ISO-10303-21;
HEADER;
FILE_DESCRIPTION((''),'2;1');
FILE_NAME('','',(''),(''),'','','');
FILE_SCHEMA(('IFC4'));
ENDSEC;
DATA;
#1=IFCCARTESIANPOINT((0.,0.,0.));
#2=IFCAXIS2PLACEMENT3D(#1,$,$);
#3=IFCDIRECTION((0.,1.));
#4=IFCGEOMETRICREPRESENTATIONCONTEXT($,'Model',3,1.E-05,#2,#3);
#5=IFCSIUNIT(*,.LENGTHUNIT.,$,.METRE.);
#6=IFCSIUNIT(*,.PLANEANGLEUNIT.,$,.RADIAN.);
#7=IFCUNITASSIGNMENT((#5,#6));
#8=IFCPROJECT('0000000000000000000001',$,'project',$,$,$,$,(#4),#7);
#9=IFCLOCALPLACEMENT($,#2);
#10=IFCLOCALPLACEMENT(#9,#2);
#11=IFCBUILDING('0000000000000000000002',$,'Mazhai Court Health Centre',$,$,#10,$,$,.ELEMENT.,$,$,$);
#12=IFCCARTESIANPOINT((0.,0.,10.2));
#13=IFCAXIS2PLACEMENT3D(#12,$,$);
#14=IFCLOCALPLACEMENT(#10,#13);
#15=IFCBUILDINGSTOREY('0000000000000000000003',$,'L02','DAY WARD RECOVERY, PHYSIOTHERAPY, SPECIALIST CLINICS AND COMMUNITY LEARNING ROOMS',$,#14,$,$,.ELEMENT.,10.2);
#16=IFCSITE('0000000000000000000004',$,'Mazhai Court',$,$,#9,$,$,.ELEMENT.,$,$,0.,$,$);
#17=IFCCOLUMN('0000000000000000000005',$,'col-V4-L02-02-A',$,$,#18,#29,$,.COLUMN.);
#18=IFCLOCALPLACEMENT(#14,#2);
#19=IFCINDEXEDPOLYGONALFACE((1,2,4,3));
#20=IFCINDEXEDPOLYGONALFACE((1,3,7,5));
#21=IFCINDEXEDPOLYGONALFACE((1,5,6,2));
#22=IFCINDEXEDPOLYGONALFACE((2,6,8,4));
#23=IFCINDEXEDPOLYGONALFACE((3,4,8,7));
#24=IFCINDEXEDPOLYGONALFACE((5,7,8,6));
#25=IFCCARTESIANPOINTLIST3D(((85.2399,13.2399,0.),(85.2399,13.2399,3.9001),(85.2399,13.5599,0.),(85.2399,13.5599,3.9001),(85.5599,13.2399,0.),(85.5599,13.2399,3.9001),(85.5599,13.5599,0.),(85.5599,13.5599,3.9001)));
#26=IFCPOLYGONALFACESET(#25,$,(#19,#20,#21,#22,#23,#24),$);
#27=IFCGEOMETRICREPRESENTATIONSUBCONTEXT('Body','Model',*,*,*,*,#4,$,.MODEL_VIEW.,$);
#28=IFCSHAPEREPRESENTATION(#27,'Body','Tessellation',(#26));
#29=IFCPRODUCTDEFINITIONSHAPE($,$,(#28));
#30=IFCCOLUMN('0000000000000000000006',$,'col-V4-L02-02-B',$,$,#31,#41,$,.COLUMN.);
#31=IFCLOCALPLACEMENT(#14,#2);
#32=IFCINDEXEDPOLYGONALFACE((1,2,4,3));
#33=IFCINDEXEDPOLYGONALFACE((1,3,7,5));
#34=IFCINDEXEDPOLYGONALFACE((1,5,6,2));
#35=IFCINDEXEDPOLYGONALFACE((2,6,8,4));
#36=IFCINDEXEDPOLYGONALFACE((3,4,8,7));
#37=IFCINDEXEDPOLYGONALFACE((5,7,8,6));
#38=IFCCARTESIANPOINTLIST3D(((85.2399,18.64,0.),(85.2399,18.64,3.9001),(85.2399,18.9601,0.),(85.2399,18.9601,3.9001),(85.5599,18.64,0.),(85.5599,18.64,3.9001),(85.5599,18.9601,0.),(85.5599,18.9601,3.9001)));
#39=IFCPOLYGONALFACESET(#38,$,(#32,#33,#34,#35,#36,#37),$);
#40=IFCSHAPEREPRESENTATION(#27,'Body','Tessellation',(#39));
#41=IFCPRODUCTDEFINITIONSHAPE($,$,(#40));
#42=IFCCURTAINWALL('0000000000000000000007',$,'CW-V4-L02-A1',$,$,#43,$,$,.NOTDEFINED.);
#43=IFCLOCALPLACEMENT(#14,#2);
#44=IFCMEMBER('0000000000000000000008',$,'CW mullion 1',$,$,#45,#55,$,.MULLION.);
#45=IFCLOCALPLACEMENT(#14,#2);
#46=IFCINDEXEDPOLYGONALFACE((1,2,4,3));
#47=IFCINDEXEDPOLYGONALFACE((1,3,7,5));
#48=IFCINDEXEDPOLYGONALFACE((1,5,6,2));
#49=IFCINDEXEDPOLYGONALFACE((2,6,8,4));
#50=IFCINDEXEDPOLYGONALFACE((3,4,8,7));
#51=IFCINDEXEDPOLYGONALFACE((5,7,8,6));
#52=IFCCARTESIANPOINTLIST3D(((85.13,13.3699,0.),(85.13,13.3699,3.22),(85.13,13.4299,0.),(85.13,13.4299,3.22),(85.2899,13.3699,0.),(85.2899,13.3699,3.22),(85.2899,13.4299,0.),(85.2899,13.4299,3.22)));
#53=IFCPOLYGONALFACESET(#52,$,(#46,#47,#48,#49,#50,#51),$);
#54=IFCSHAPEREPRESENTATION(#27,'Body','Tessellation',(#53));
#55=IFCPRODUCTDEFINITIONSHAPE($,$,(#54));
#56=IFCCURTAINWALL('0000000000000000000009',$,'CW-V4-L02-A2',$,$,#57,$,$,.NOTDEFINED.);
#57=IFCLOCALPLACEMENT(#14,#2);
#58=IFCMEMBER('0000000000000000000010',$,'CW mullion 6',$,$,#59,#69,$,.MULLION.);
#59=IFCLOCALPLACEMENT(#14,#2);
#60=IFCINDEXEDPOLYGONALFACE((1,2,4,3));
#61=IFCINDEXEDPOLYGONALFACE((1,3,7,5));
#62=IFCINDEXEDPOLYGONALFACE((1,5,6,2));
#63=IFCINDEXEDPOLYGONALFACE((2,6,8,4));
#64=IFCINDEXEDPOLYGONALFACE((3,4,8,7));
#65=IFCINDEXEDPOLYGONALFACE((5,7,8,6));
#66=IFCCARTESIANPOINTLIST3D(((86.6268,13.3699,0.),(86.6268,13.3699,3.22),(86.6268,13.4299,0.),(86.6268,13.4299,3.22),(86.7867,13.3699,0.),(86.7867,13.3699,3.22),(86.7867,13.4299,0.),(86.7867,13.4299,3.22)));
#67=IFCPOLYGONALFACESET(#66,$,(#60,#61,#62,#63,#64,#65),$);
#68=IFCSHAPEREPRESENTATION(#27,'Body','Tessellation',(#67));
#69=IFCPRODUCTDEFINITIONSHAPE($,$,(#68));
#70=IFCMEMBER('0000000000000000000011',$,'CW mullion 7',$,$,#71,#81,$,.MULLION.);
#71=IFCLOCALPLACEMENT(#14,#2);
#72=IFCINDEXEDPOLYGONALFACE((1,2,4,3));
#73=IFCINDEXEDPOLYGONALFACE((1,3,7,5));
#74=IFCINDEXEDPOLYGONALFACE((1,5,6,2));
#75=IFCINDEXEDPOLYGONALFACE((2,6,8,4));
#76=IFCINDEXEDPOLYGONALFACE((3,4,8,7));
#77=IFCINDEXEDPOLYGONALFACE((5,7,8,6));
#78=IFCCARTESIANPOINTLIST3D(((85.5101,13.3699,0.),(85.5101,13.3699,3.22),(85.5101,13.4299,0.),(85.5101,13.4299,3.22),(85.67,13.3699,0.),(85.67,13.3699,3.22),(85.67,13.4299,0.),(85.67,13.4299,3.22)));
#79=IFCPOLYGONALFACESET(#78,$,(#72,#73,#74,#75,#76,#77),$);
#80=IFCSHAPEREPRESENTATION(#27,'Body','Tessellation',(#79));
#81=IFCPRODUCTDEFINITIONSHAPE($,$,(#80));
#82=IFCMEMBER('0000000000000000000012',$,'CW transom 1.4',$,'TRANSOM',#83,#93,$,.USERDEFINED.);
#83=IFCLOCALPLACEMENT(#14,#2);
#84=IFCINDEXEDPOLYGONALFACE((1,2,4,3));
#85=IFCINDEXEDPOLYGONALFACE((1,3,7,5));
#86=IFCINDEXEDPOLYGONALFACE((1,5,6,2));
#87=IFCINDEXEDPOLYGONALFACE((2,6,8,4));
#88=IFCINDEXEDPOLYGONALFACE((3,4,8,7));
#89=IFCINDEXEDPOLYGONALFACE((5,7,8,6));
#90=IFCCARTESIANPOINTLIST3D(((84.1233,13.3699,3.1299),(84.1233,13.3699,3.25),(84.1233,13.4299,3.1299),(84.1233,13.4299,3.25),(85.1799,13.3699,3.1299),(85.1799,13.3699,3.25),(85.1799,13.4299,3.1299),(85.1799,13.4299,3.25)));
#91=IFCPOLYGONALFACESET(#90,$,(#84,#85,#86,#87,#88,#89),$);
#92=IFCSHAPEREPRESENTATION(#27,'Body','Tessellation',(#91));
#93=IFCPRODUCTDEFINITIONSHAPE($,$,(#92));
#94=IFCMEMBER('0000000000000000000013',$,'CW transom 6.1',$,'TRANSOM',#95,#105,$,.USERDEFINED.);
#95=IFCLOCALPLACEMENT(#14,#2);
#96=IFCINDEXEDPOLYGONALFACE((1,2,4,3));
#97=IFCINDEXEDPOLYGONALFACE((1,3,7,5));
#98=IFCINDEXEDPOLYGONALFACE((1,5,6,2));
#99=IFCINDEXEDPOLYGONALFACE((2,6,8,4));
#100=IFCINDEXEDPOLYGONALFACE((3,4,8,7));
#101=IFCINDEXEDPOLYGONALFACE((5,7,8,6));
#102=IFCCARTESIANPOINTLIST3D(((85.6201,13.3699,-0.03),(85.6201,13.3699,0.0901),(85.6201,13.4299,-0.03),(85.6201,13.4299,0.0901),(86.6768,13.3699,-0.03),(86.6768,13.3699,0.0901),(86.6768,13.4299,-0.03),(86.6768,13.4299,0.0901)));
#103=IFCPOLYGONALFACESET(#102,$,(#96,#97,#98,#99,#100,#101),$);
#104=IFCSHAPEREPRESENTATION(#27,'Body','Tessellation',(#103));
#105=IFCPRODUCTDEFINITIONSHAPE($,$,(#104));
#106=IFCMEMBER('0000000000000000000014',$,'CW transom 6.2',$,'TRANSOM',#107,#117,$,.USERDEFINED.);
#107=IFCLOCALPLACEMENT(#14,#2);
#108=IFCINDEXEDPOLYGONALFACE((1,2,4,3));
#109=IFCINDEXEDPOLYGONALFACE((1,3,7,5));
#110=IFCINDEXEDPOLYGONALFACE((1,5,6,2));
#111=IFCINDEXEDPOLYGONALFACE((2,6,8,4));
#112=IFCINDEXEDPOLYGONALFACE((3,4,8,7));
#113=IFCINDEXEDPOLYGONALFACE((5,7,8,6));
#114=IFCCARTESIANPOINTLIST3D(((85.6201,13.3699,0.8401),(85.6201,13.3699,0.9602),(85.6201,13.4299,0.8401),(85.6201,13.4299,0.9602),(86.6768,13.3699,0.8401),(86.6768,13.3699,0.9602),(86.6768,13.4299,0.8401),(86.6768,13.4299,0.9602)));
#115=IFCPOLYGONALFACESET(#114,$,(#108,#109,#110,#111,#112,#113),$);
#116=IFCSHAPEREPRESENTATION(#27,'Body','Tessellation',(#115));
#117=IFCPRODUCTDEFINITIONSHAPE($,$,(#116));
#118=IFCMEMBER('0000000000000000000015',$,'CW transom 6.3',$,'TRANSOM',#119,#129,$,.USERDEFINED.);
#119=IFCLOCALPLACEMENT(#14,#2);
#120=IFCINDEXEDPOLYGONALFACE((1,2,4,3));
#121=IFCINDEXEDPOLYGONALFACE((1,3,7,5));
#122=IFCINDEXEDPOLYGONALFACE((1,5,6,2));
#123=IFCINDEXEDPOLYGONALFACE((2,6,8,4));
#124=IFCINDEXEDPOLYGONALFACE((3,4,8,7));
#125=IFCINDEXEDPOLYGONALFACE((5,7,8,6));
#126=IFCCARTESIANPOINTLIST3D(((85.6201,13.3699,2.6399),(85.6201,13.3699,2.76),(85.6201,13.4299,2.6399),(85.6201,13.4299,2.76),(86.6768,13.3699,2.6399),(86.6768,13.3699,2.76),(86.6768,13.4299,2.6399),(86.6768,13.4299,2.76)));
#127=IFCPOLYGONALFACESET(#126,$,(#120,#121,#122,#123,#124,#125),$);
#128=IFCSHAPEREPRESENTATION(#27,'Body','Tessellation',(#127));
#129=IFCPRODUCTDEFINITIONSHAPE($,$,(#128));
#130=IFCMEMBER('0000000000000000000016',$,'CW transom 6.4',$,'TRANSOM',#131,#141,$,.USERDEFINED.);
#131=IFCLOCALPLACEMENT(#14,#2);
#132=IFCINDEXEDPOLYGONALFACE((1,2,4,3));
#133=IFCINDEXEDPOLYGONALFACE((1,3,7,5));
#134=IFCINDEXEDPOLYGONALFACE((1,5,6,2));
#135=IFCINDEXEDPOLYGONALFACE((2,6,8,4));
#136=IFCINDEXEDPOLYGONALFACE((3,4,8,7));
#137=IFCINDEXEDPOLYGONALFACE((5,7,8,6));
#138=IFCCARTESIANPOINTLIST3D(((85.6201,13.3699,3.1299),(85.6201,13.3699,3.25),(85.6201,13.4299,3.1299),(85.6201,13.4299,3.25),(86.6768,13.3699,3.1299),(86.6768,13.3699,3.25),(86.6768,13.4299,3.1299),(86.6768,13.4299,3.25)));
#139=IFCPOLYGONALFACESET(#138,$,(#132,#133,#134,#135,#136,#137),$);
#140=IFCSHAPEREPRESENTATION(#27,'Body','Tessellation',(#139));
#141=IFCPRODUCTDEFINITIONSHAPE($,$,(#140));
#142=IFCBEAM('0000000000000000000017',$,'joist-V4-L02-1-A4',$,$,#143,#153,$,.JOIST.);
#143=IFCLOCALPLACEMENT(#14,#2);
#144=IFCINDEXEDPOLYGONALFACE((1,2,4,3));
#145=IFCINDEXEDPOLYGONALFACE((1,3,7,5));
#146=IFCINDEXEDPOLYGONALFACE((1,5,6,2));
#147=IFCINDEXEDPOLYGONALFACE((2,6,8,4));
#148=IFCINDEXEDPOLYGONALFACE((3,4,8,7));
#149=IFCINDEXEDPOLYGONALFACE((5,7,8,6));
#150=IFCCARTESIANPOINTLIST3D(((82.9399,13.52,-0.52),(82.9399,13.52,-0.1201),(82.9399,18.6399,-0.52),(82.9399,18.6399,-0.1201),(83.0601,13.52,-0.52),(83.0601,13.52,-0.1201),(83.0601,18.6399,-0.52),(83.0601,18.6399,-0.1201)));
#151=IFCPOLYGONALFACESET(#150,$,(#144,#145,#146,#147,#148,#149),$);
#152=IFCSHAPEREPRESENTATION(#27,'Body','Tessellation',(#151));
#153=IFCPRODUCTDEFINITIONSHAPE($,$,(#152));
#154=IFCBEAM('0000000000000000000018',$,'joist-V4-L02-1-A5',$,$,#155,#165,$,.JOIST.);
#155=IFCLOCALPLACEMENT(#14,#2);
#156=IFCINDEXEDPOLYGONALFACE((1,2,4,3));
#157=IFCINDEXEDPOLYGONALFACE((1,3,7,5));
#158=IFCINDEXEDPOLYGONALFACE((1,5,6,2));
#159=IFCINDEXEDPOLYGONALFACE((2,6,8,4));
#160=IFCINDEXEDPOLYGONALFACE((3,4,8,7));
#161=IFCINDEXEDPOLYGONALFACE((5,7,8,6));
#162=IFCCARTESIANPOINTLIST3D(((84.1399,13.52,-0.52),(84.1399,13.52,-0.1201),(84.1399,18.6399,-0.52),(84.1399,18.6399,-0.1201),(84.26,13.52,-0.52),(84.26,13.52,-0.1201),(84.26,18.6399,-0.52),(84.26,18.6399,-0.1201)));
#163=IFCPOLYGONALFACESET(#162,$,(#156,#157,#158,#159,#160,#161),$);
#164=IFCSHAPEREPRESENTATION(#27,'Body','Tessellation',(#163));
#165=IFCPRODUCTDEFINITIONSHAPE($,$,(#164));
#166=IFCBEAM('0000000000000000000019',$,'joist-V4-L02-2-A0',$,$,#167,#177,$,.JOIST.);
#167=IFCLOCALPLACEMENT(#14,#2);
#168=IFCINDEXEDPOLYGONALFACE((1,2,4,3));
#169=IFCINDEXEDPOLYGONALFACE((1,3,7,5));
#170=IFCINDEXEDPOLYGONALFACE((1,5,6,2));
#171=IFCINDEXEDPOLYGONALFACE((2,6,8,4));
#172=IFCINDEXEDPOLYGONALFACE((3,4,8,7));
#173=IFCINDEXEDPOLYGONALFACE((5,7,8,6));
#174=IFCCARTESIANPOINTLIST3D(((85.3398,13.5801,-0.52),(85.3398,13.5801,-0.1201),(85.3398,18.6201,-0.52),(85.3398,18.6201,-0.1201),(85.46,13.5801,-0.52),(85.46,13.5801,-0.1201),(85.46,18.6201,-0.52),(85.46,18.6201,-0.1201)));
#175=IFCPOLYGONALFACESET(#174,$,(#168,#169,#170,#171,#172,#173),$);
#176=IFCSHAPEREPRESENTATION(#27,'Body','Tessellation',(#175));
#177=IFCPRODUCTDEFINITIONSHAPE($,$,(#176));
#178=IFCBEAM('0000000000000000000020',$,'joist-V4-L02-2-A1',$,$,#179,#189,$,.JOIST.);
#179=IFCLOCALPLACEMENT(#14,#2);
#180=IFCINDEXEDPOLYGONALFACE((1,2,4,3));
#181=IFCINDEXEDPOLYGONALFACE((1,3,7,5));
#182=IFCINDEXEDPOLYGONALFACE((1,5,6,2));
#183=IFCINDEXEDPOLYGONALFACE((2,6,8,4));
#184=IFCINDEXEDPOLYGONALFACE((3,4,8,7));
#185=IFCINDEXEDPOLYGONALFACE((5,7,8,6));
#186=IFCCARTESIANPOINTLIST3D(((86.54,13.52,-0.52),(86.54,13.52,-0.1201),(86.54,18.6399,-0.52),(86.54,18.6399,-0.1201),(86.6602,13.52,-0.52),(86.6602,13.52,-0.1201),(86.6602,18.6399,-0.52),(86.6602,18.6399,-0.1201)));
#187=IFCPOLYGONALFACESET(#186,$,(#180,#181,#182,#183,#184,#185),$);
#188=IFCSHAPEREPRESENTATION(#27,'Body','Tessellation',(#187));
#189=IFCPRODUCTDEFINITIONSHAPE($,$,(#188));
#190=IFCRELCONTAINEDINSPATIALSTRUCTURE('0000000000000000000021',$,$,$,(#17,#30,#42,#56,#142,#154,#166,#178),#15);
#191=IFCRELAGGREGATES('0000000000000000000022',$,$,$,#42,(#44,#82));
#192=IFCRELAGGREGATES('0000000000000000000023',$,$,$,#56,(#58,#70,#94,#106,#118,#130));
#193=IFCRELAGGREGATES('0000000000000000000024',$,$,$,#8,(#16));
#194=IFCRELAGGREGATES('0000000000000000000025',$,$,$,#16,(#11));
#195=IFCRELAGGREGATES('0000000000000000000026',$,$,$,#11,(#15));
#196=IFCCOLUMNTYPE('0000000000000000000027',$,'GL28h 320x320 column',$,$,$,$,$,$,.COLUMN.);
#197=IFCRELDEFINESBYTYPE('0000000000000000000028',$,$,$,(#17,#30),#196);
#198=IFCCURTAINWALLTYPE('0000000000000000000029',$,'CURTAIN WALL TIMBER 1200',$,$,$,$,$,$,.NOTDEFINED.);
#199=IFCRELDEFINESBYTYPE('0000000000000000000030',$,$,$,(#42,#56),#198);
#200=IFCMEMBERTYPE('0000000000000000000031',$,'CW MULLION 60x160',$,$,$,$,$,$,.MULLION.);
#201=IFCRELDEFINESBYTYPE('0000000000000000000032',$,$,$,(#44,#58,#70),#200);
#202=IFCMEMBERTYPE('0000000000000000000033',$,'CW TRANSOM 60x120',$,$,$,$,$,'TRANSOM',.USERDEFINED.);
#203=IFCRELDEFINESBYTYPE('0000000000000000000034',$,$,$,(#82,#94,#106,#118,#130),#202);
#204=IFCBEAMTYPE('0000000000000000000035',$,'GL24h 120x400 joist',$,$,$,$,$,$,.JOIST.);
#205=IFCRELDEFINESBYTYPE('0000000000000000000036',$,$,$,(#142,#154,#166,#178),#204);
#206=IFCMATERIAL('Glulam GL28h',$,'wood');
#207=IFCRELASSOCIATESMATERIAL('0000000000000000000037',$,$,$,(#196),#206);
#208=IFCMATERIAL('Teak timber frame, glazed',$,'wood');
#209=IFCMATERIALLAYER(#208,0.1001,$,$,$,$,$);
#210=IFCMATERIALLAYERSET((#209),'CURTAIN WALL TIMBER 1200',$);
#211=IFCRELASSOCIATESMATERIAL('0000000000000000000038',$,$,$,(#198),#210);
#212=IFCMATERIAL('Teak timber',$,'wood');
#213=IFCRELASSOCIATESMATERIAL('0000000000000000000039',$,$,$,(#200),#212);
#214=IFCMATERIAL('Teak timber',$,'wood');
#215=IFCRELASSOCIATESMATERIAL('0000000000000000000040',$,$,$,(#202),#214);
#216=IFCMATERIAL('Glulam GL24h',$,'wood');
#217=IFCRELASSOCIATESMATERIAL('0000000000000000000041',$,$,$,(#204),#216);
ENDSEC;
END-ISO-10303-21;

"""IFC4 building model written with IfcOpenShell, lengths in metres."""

from ifc_helpers import new_model, si_unit, direction, frame, origin, origin_2d, place, context, subcontext, project, spatial, rectangle, extrude, material, layer, layer_set, material_profile, profile_set, type_object, element, aggregate, save


model = new_model("IFC4")

# Units and contexts
model_context = context("Model", 3, precision=1e-05, world=origin(), true_north=direction((0.0, 1.0)))
body_context = subcontext(model_context, "Body", "Model", "MODEL_VIEW")
ifc_project = project(units=[si_unit("LENGTHUNIT", "METRE"), si_unit("PLANEANGLEUNIT", "RADIAN")], contexts=[model_context])

# Site, building, storey
site_placement = place(None, origin())
site = spatial("IfcSite", under=ifc_project, at=site_placement, Name="Mazhai Court", CompositionType="ELEMENT", RefElevation=0.0)
building_placement = place(site_placement, origin())
building = spatial("IfcBuilding", under=site, at=building_placement, Name="Mazhai Court Health Centre", CompositionType="ELEMENT")
storey_placement = place(building_placement, frame((0.0, 0.0, 10.2)))
storey = spatial("IfcBuildingStorey", under=building, at=storey_placement, Name="L02", Description="DAY WARD RECOVERY, PHYSIOTHERAPY, SPECIALIST CLINICS AND COMMUNITY LEARNING ROOMS", CompositionType="ELEMENT", Elevation=10.2)

# Columns
ifc_material_1 = material(Name="Glulam GL28h", Category="wood")
ifc_material_profile_1 = material_profile(ifc_material_1, rectangle(XDim=0.3201, YDim=0.3201, at=origin_2d()), Name="GL28h 320x320")
ifc_profile_set_1 = profile_set([ifc_material_profile_1], Name="Glulam GL28h")
column_type = type_object("IfcColumnType", Name="GL28h 320x320 column", PredefinedType="COLUMN", material=ifc_profile_set_1)
for number, where, z_axis, x_axis, name in (
    (1, (85.3999, 13.3999, 0.0), (0.0, 0.0, 1.0), (1.0, 0.0, 0.0), "col-V4-L02-02-A"),
    (2, (85.3999, 18.8, 0.0), (0.0, 0.0, 1.0), (1.0, 0.0, 0.0), "col-V4-L02-02-B"),
):
    element("IfcColumn", number, at=place(storey_placement, frame(where, z_axis=z_axis, x_axis=x_axis)), inside=storey, type_object=column_type, Name=name, PredefinedType="COLUMN", context=body_context, shape_type="SweptSolid", body=[
        extrude(rectangle(XDim=0.3201, YDim=0.3201, at=origin_2d()), origin(), (0.0, 0.0, 1.0), 3.9001),
    ])

# Curtain wall, member
ifc_material_2 = material(Name="Teak timber frame, glazed", Category="wood")
ifc_layer_1 = layer(ifc_material_2, 0.1001)
ifc_layer_set_1 = layer_set([ifc_layer_1], Name="CURTAIN WALL TIMBER 1200")
curtain_wall_type = type_object("IfcCurtainWallType", Name="CURTAIN WALL TIMBER 1200", PredefinedType="NOTDEFINED", material=ifc_layer_set_1)
curtain_wall_1_placement = place(storey_placement, origin())
curtain_wall_1 = element("IfcCurtainWall", 3, at=curtain_wall_1_placement, inside=storey, type_object=curtain_wall_type, Name="CW-V4-L02-A1", PredefinedType="NOTDEFINED")
ifc_material_3 = material(Name="Teak timber", Category="wood")
ifc_material_profile_2 = material_profile(ifc_material_3, rectangle(XDim=0.0601, YDim=0.1599, at=origin_2d()), Name="CW MULLION 60x160")
ifc_profile_set_2 = profile_set([ifc_material_profile_2], Name="Teak timber")
member_type_1 = type_object("IfcMemberType", Name="CW MULLION 60x160", PredefinedType="MULLION", material=ifc_profile_set_2)
member_1_placement = place(storey_placement, frame((85.21, 13.3999, 0.0), z_axis=(0.0, 0.0, 1.0), x_axis=(0.0, -1.0, 0.0)))
member_1 = element("IfcMember", 4, at=member_1_placement, type_object=member_type_1, Name="CW mullion 1", PredefinedType="MULLION", context=body_context, shape_type="SweptSolid", body=[
    extrude(rectangle(XDim=0.0601, YDim=0.1599, at=origin_2d()), origin(), (0.0, 0.0, 1.0), 3.22),
])

# Curtain wall, members
curtain_wall_2_placement = place(storey_placement, origin())
curtain_wall_2 = element("IfcCurtainWall", 5, at=curtain_wall_2_placement, inside=storey, type_object=curtain_wall_type, Name="CW-V4-L02-A2", PredefinedType="NOTDEFINED")
member_2_placement = place(storey_placement, frame((86.7068, 13.3999, 0.0), z_axis=(0.0, 0.0, 1.0), x_axis=(0.0, -1.0, 0.0)))
member_2 = element("IfcMember", 6, at=member_2_placement, type_object=member_type_1, Name="CW mullion 6", PredefinedType="MULLION", context=body_context, shape_type="SweptSolid", body=[
    extrude(rectangle(XDim=0.0601, YDim=0.1599, at=origin_2d()), origin(), (0.0, 0.0, 1.0), 3.22),
])
member_3_placement = place(storey_placement, frame((85.5901, 13.3999, 0.0), z_axis=(0.0, 0.0, 1.0), x_axis=(0.0, -1.0, 0.0)))
member_3 = element("IfcMember", 7, at=member_3_placement, type_object=member_type_1, Name="CW mullion 7", PredefinedType="MULLION", context=body_context, shape_type="SweptSolid", body=[
    extrude(rectangle(XDim=0.0601, YDim=0.1599, at=origin_2d()), origin(), (0.0, 0.0, 1.0), 3.22),
])

# Members
ifc_material_4 = material(Name="Teak timber", Category="wood")
ifc_material_profile_3 = material_profile(ifc_material_4, rectangle(XDim=0.0601, YDim=0.1201, at=origin_2d()), Name="CW TRANSOM 60x120")
ifc_profile_set_3 = profile_set([ifc_material_profile_3], Name="Teak timber")
member_type_2 = type_object("IfcMemberType", Name="CW TRANSOM 60x120", ElementType="TRANSOM", PredefinedType="USERDEFINED", material=ifc_profile_set_3)
member_4_placement = place(storey_placement, frame((85.1799, 13.3999, 3.1899), z_axis=(-1.0, 0.0, 0.0), x_axis=(0.0, -1.0, 0.0)))
member_4 = element("IfcMember", 8, at=member_4_placement, type_object=member_type_2, Name="CW transom 1.4", ObjectType="TRANSOM", PredefinedType="USERDEFINED", context=body_context, shape_type="SweptSolid", body=[
    extrude(rectangle(XDim=0.0601, YDim=0.1201, at=origin_2d()), origin(), (0.0, 0.0, 1.0), 1.0566),
])
aggregate(curtain_wall_1, [member_1, member_4])
member_5_placement = place(storey_placement, frame((86.6768, 13.3999, 0.03), z_axis=(-1.0, 0.0, 0.0), x_axis=(0.0, -1.0, 0.0)))
member_5 = element("IfcMember", 9, at=member_5_placement, type_object=member_type_2, Name="CW transom 6.1", ObjectType="TRANSOM", PredefinedType="USERDEFINED", context=body_context, shape_type="SweptSolid", body=[
    extrude(rectangle(XDim=0.0601, YDim=0.1201, at=origin_2d()), origin(), (0.0, 0.0, 1.0), 1.0566),
])
member_6_placement = place(storey_placement, frame((86.6768, 13.3999, 0.9001), z_axis=(-1.0, 0.0, 0.0), x_axis=(0.0, -1.0, 0.0)))
member_6 = element("IfcMember", 10, at=member_6_placement, type_object=member_type_2, Name="CW transom 6.2", ObjectType="TRANSOM", PredefinedType="USERDEFINED", context=body_context, shape_type="SweptSolid", body=[
    extrude(rectangle(XDim=0.0601, YDim=0.1201, at=origin_2d()), origin(), (0.0, 0.0, 1.0), 1.0566),
])
member_7_placement = place(storey_placement, frame((86.6768, 13.3999, 2.7), z_axis=(-1.0, 0.0, 0.0), x_axis=(0.0, -1.0, 0.0)))
member_7 = element("IfcMember", 11, at=member_7_placement, type_object=member_type_2, Name="CW transom 6.3", ObjectType="TRANSOM", PredefinedType="USERDEFINED", context=body_context, shape_type="SweptSolid", body=[
    extrude(rectangle(XDim=0.0601, YDim=0.1201, at=origin_2d()), origin(), (0.0, 0.0, 1.0), 1.0566),
])
member_8_placement = place(storey_placement, frame((86.6768, 13.3999, 3.1899), z_axis=(-1.0, 0.0, 0.0), x_axis=(0.0, -1.0, 0.0)))
member_8 = element("IfcMember", 12, at=member_8_placement, type_object=member_type_2, Name="CW transom 6.4", ObjectType="TRANSOM", PredefinedType="USERDEFINED", context=body_context, shape_type="SweptSolid", body=[
    extrude(rectangle(XDim=0.0601, YDim=0.1201, at=origin_2d()), origin(), (0.0, 0.0, 1.0), 1.0566),
])

# Beams
ifc_material_5 = material(Name="Glulam GL24h", Category="wood")
ifc_material_profile_4 = material_profile(ifc_material_5, rectangle(XDim=0.1201, YDim=0.3999, at=origin_2d()), Name="GL24h 120x400")
ifc_profile_set_4 = profile_set([ifc_material_profile_4], Name="Glulam GL24h")
beam_type_1 = type_object("IfcBeamType", Name="GL24h 120x400 joist", PredefinedType="JOIST", material=ifc_profile_set_4)
for number, where, z_axis, x_axis, name in (
    (13, (83.0, 13.52, -0.3201), (0.0, 1.0, 0.0), (-1.0, 0.0, 0.0), "joist-V4-L02-1-A4"),
    (14, (84.2, 13.52, -0.3201), (0.0, 1.0, 0.0), (-1.0, 0.0, 0.0), "joist-V4-L02-1-A5"),
):
    element("IfcBeam", number, at=place(storey_placement, frame(where, z_axis=z_axis, x_axis=x_axis)), inside=storey, type_object=beam_type_1, Name=name, PredefinedType="JOIST", context=body_context, shape_type="SweptSolid", body=[
        extrude(rectangle(XDim=0.1201, YDim=0.3999, at=origin_2d()), origin(), (0.0, 0.0, 1.0), 5.1199),
    ])
beam_1_placement = place(storey_placement, frame((85.3999, 13.5801, -0.3201), z_axis=(0.0, 1.0, 0.0), x_axis=(-1.0, 0.0, 0.0)))
element("IfcBeam", 15, at=beam_1_placement, inside=storey, type_object=beam_type_1, Name="joist-V4-L02-2-A0", PredefinedType="JOIST", context=body_context, shape_type="SweptSolid", body=[
    extrude(rectangle(XDim=0.1201, YDim=0.3999, at=origin_2d()), origin(), (0.0, 0.0, 1.0), 5.04),
])
beam_2_placement = place(storey_placement, frame((86.6001, 13.52, -0.3201), z_axis=(0.0, 1.0, 0.0), x_axis=(-1.0, 0.0, 0.0)))
element("IfcBeam", 16, at=beam_2_placement, inside=storey, type_object=beam_type_1, Name="joist-V4-L02-2-A1", PredefinedType="JOIST", context=body_context, shape_type="SweptSolid", body=[
    extrude(rectangle(XDim=0.1201, YDim=0.3999, at=origin_2d()), origin(), (0.0, 0.0, 1.0), 5.1199),
])

aggregate(curtain_wall_2, [member_2, member_3, member_5, member_6, member_7, member_8])

save(model, "model.ifc")
